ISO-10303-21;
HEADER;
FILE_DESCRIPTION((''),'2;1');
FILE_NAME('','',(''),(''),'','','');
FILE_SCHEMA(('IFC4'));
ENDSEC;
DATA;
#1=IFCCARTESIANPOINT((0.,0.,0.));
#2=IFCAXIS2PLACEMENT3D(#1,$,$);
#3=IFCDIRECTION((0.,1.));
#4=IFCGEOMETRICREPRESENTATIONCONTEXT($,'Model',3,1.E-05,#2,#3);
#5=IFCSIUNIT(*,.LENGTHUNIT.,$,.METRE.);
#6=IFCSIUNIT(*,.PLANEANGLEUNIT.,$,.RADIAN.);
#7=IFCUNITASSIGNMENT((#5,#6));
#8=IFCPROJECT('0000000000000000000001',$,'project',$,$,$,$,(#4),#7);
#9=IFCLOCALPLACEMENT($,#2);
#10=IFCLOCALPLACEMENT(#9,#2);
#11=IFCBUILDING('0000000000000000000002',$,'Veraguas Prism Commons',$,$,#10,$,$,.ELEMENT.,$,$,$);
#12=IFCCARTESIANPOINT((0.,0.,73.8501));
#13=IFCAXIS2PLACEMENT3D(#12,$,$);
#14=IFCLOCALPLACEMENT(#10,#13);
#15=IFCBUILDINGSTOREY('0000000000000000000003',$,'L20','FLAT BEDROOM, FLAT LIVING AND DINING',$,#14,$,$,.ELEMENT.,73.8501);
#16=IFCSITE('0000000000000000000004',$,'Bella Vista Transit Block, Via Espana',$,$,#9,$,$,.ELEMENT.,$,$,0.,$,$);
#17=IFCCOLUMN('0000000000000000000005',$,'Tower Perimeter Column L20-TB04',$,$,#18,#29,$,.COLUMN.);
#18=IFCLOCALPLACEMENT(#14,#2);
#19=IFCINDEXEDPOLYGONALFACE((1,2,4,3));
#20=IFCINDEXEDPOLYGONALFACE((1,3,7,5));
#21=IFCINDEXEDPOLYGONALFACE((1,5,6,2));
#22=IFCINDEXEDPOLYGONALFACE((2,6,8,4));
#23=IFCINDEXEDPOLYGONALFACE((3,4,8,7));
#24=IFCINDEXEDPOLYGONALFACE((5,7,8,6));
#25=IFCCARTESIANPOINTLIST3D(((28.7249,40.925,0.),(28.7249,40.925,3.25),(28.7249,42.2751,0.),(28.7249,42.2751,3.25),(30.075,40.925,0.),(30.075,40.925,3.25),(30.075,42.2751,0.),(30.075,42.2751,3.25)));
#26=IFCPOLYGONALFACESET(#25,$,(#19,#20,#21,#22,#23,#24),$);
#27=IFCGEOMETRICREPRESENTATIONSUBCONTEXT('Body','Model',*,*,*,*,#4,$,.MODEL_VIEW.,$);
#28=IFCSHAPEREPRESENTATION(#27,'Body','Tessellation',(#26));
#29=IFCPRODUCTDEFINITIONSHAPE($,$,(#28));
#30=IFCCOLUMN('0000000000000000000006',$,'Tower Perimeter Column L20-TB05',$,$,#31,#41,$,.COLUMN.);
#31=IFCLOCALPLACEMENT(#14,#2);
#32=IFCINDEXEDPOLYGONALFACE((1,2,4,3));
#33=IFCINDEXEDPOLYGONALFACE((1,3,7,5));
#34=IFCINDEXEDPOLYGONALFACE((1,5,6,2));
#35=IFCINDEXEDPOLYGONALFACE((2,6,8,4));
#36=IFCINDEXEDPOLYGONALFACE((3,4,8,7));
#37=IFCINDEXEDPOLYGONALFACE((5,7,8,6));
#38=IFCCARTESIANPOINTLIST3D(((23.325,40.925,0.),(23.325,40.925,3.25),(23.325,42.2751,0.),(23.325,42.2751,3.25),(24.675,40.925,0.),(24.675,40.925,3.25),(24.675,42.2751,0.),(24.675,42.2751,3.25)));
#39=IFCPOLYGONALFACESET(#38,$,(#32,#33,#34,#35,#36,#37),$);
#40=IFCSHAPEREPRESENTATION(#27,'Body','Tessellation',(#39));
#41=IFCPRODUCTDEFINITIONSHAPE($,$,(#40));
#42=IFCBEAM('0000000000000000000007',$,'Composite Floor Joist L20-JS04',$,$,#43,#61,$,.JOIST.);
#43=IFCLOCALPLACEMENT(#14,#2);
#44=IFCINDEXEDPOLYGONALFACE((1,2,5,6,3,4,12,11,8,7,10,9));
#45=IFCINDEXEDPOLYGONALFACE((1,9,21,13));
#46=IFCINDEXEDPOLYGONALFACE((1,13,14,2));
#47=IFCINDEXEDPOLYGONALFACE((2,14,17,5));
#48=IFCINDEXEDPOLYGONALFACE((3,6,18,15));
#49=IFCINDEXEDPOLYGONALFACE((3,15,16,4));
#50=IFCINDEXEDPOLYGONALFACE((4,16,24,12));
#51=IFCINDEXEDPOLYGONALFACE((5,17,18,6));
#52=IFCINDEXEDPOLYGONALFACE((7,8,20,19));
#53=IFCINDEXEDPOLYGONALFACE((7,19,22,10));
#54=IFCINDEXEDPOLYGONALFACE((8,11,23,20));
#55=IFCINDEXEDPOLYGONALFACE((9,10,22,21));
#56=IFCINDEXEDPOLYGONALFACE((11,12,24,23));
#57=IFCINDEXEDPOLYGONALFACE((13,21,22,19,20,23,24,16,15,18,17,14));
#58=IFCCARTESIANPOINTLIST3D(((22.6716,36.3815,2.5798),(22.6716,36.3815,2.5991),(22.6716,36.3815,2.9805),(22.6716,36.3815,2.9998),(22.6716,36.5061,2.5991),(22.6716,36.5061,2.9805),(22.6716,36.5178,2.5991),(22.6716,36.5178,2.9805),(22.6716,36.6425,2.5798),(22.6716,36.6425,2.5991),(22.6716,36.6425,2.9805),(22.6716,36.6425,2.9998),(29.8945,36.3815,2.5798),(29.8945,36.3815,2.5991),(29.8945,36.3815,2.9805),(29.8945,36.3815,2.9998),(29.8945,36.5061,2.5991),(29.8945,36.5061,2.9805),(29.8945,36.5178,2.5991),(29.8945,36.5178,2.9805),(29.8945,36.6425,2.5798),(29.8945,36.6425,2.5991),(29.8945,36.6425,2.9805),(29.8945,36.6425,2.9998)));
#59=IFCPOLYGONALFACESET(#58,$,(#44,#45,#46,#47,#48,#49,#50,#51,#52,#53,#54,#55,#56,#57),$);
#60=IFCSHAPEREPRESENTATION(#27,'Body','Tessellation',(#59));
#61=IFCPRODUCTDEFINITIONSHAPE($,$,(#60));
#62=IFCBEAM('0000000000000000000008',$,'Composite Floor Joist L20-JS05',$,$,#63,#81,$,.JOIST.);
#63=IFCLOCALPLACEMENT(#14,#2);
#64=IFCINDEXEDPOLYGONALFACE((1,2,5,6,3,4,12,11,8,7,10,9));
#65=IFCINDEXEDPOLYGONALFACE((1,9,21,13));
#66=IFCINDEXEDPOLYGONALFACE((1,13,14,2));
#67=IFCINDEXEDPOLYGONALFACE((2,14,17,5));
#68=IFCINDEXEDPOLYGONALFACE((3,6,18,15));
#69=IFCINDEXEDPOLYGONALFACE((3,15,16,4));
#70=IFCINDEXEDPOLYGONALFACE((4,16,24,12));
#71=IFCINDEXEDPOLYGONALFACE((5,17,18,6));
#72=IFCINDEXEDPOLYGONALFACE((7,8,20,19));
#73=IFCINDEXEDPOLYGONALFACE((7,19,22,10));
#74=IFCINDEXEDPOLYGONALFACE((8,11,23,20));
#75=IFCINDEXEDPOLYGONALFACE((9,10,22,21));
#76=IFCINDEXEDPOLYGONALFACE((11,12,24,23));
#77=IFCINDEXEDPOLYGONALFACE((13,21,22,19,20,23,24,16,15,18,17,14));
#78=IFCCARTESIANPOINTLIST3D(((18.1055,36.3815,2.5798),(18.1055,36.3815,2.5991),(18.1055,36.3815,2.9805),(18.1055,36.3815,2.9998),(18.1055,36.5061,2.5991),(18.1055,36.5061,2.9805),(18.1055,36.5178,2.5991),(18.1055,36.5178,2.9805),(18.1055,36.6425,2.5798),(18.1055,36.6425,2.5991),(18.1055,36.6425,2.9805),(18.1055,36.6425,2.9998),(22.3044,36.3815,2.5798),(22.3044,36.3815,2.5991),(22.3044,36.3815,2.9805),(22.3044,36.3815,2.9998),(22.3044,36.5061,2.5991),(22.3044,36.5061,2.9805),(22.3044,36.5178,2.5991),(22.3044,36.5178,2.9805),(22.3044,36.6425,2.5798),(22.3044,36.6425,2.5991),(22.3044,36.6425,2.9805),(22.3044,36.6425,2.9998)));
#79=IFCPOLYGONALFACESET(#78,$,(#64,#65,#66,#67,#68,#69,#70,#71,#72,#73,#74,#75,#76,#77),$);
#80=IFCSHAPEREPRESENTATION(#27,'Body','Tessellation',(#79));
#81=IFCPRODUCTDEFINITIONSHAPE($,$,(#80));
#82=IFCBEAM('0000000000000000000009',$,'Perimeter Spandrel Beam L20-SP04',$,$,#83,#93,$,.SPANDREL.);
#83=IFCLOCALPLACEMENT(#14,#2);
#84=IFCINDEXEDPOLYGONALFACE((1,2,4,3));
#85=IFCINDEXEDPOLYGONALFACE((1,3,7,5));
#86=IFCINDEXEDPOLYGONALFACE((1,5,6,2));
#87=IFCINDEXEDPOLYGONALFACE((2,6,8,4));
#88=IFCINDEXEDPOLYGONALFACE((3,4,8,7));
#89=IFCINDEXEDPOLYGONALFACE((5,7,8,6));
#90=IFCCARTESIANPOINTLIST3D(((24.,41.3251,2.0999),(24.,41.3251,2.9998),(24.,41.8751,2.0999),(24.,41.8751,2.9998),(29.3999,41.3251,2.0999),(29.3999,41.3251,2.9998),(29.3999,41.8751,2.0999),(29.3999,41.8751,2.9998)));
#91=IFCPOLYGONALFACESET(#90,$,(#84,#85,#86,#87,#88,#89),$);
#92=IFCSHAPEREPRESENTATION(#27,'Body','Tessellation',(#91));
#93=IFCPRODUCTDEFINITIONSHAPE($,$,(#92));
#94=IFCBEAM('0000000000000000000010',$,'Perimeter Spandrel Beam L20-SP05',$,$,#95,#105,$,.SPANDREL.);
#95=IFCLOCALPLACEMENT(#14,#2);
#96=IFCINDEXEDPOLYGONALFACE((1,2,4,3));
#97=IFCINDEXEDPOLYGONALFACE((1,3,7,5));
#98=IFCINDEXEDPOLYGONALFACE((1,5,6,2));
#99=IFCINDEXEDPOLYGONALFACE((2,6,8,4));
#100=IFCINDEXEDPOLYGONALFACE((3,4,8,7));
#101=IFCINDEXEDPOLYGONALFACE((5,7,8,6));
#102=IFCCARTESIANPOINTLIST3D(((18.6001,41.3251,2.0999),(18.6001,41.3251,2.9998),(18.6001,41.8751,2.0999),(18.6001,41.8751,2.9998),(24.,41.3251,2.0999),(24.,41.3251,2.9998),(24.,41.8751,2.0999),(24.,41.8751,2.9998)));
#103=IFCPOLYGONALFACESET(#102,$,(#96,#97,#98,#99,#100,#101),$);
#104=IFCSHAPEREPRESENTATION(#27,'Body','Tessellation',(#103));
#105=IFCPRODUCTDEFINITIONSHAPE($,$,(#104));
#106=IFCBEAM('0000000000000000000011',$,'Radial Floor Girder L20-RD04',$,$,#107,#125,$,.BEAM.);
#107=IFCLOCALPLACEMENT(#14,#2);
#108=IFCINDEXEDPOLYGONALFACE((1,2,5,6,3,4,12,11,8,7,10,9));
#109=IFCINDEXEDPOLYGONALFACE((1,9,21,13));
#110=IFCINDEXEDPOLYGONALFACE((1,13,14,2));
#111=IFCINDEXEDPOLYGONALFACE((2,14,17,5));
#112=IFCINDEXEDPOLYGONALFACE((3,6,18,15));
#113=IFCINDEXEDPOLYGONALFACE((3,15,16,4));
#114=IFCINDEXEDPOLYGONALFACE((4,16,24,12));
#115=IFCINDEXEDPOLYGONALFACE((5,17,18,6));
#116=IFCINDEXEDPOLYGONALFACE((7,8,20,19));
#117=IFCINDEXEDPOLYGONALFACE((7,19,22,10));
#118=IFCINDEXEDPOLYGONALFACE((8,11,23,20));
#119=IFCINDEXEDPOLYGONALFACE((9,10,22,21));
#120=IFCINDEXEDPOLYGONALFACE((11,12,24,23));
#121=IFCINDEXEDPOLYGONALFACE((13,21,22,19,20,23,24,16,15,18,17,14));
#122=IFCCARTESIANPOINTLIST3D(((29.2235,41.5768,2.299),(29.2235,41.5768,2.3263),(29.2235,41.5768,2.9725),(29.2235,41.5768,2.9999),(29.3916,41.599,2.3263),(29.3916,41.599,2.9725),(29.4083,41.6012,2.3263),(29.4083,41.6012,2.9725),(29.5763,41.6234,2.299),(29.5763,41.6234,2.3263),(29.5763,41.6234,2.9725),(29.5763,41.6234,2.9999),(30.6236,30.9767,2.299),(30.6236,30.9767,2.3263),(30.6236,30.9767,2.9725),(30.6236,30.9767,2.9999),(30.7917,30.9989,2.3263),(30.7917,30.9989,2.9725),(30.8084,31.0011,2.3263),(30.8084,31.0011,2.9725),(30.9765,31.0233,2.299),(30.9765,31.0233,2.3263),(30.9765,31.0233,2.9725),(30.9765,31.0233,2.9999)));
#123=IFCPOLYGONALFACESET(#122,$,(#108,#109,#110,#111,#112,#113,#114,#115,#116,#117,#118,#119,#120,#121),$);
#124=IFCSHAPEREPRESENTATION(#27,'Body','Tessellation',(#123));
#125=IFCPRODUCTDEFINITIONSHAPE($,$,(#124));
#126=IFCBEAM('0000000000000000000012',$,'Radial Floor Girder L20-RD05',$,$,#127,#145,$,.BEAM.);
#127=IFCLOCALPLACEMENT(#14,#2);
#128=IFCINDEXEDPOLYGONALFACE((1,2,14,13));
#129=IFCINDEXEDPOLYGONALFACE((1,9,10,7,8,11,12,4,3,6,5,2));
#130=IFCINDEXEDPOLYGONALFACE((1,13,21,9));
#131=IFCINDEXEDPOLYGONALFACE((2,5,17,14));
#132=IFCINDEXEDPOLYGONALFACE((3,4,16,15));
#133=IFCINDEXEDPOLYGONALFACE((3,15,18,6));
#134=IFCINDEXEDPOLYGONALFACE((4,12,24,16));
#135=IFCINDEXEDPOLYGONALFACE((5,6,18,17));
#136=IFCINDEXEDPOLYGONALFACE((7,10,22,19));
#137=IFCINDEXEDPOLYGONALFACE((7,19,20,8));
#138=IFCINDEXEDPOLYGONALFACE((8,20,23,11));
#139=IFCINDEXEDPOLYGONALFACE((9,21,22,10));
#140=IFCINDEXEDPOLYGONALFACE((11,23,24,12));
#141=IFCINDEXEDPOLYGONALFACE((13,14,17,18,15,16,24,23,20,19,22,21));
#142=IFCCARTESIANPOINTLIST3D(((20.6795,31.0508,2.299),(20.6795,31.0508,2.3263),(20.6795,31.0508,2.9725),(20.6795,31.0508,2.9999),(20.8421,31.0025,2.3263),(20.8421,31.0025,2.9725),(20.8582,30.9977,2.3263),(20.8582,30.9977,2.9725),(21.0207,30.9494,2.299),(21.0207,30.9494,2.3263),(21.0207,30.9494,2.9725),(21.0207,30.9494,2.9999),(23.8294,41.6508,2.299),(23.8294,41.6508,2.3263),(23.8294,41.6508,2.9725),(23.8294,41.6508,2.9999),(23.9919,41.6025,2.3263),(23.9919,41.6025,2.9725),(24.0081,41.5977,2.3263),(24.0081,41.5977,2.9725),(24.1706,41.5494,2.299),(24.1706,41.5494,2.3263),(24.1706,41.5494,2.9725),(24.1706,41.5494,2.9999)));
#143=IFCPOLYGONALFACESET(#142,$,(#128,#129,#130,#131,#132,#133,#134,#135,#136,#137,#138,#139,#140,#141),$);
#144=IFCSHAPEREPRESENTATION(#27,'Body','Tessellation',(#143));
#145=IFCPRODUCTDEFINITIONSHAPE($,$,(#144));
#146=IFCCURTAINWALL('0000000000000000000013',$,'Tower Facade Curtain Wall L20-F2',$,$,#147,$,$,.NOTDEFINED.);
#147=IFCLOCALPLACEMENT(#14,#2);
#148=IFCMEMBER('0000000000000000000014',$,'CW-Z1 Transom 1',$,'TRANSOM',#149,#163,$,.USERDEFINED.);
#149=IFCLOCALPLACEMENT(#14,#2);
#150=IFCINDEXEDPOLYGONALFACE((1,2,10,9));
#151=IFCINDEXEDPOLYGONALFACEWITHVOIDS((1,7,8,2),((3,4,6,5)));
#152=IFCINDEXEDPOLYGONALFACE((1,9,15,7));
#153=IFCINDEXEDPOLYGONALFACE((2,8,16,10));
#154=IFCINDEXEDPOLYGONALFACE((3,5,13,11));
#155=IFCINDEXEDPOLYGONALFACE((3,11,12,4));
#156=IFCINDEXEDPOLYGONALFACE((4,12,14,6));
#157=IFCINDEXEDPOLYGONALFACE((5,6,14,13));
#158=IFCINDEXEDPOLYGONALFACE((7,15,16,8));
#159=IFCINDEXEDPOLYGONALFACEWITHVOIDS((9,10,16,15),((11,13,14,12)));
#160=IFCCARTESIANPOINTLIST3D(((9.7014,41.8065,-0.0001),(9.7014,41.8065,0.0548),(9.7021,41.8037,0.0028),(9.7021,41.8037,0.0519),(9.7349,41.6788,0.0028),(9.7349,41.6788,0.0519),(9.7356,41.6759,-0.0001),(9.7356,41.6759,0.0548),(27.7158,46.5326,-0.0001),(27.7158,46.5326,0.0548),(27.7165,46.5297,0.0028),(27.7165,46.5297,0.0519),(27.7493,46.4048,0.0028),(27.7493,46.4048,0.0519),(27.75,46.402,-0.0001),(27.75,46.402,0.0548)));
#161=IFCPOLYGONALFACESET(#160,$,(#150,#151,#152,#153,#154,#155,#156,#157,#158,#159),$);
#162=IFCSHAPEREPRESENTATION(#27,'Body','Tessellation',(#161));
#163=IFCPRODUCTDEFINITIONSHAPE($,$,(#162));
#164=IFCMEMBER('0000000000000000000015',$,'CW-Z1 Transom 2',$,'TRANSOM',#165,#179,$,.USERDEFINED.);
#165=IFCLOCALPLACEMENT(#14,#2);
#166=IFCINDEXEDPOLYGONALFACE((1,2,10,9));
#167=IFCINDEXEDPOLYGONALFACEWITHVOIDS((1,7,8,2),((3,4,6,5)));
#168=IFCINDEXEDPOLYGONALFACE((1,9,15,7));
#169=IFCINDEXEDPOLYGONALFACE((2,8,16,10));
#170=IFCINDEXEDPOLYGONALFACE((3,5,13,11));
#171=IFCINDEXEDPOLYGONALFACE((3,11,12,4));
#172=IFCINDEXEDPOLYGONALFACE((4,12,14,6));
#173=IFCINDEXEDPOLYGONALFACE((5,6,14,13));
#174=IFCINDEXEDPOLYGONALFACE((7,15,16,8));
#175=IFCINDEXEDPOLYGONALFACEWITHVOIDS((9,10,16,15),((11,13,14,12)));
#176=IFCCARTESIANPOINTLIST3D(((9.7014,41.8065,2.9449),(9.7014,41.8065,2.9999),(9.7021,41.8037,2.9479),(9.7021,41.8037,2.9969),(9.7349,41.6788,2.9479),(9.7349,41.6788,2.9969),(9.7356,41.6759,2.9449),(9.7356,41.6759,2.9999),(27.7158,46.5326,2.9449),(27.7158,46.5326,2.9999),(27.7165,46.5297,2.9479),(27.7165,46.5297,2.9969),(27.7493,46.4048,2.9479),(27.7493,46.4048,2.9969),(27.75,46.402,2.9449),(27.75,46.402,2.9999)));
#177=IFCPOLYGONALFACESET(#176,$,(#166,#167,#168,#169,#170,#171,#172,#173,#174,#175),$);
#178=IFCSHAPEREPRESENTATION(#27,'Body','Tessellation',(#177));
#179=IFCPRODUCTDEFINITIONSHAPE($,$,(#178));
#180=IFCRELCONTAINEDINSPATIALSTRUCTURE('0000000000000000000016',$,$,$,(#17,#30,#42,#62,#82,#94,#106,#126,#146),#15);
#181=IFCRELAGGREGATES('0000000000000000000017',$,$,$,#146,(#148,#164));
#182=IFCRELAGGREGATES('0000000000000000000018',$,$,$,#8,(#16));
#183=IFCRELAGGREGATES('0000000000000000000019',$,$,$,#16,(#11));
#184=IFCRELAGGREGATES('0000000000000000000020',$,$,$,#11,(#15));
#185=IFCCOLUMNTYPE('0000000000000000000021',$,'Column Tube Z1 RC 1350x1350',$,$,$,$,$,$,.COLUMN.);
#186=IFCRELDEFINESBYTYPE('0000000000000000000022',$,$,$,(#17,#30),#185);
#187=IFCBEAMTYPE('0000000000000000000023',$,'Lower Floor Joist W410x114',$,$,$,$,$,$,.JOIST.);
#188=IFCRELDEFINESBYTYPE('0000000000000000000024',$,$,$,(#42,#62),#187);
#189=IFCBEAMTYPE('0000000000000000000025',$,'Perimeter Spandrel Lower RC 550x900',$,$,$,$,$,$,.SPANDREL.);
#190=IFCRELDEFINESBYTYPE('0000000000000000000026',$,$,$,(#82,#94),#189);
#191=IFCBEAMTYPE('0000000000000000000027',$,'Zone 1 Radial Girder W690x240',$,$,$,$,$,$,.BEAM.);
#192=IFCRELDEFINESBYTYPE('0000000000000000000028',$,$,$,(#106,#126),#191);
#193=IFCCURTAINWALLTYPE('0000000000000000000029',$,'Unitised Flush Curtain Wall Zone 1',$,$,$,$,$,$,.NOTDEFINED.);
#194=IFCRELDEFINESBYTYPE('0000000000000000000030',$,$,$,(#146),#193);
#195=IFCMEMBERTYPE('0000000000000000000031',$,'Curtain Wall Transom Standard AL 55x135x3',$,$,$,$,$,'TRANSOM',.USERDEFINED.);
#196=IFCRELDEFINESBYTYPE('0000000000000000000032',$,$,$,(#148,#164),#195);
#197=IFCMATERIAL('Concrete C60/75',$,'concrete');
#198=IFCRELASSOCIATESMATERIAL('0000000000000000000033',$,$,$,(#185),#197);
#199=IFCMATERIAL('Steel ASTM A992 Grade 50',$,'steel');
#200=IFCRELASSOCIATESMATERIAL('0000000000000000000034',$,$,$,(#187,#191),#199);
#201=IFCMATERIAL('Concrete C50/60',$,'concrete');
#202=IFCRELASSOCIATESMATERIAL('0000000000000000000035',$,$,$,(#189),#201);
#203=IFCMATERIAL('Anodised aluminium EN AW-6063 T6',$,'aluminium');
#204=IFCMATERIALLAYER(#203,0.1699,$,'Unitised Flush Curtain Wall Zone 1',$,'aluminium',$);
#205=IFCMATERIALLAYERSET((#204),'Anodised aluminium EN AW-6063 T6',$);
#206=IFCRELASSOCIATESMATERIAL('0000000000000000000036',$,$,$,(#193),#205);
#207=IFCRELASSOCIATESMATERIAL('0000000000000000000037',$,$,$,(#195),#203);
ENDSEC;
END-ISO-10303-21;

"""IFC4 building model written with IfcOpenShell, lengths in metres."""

from ifc_helpers import new_model, si_unit, direction, frame, origin, origin_2d, place, context, subcontext, project, spatial, rectangle, hollow_rectangle, i_section, extrude, source, transform, mapped, material, layer, layer_set, material_profile, profile_set, type_object, element, aggregate, save


model = new_model("IFC4")

# Units and contexts
model_context = context("Model", 3, precision=1e-05, world=origin(), true_north=direction((0.0, 1.0)))
body_context = subcontext(model_context, "Body", "Model", "MODEL_VIEW")
ifc_project = project(units=[si_unit("LENGTHUNIT", "METRE"), si_unit("PLANEANGLEUNIT", "RADIAN")], contexts=[model_context])

# Site, building, storey
site_placement = place(None, origin())
site = spatial("IfcSite", under=ifc_project, at=site_placement, Name="Bella Vista Transit Block, Via Espana", CompositionType="ELEMENT", RefElevation=0.0)
building_placement = place(site_placement, origin())
building = spatial("IfcBuilding", under=site, at=building_placement, Name="Veraguas Prism Commons", CompositionType="ELEMENT")
storey_placement = place(building_placement, frame((0.0, 0.0, 73.8501)))
storey = spatial("IfcBuildingStorey", under=building, at=storey_placement, Name="L20", Description="FLAT BEDROOM, FLAT LIVING AND DINING", CompositionType="ELEMENT", Elevation=73.8501)

# Columns
ifc_material_1 = material(Name="Concrete C60/75", Category="concrete")
ifc_material_profile_1 = material_profile(ifc_material_1, rectangle(XDim=1.3501, YDim=1.3501, at=origin_2d()), Name="RC1350X1350")
ifc_profile_set_1 = profile_set([ifc_material_profile_1], Name="Concrete C60/75")
column_type = type_object("IfcColumnType", Name="Column Tube Z1 RC 1350x1350", PredefinedType="COLUMN", material=ifc_profile_set_1)
for number, where, z_axis, x_axis, name in (
    (1, (29.3999, 41.6001, 0.0), (0.0, 0.0, 1.0), (1.0, 0.0, 0.0), "Tower Perimeter Column L20-TB04"),
    (2, (24.0, 41.6001, 0.0), (0.0, 0.0, 1.0), (1.0, 0.0, 0.0), "Tower Perimeter Column L20-TB05"),
):
    element("IfcColumn", number, at=place(storey_placement, frame(where, z_axis=z_axis, x_axis=x_axis)), inside=storey, type_object=column_type, Name=name, PredefinedType="COLUMN", context=body_context, shape_type="SweptSolid", body=[
        extrude(rectangle(XDim=1.3501, YDim=1.3501, at=origin_2d()), origin(), (0.0, 0.0, 1.0), 3.25),
    ])

# Beams
ifc_material_2 = material(Name="Steel ASTM A992 Grade 50", Category="steel")
ifc_material_profile_2 = material_profile(ifc_material_2, i_section(OverallWidth=0.261, OverallDepth=0.4199, WebThickness=0.0117, FlangeThickness=0.0193, at=origin_2d()), Name="W410X114")
ifc_profile_set_2 = profile_set([ifc_material_profile_2], Name="Steel ASTM A992 Grade 50")
beam_type_1 = type_object("IfcBeamType", Name="Lower Floor Joist W410x114", PredefinedType="JOIST", material=ifc_profile_set_2)
beam_1_placement = place(storey_placement, frame((29.8945, 36.512, 2.7898), z_axis=(-1.0, 0.0, 0.0), x_axis=(0.0, -1.0, 0.0)))
element("IfcBeam", 3, at=beam_1_placement, inside=storey, type_object=beam_type_1, Name="Composite Floor Joist L20-JS04", PredefinedType="JOIST", context=body_context, shape_type="SweptSolid", body=[
    extrude(i_section(OverallWidth=0.261, OverallDepth=0.4199, WebThickness=0.0117, FlangeThickness=0.0193, at=origin_2d()), origin(), (0.0, 0.0, 1.0), 7.2229),
])
beam_2_placement = place(storey_placement, frame((22.3044, 36.512, 2.7898), z_axis=(-1.0, 0.0, 0.0), x_axis=(0.0, -1.0, 0.0)))
element("IfcBeam", 4, at=beam_2_placement, inside=storey, type_object=beam_type_1, Name="Composite Floor Joist L20-JS05", PredefinedType="JOIST", context=body_context, shape_type="SweptSolid", body=[
    extrude(i_section(OverallWidth=0.261, OverallDepth=0.4199, WebThickness=0.0117, FlangeThickness=0.0193, at=origin_2d()), origin(), (0.0, 0.0, 1.0), 4.199),
])
ifc_material_3 = material(Name="Concrete C50/60", Category="concrete")
ifc_material_profile_3 = material_profile(ifc_material_3, rectangle(XDim=0.55, YDim=0.8999, at=origin_2d()), Name="RC550X900")
ifc_profile_set_3 = profile_set([ifc_material_profile_3], Name="Concrete C50/60")
beam_type_2 = type_object("IfcBeamType", Name="Perimeter Spandrel Lower RC 550x900", PredefinedType="SPANDREL", material=ifc_profile_set_3)
for number, where, z_axis, x_axis, name in (
    (5, (29.3999, 41.6001, 2.5498), (-1.0, 0.0, 0.0), (0.0, -1.0, 0.0), "Perimeter Spandrel Beam L20-SP04"),
    (6, (24.0, 41.6001, 2.5498), (-1.0, 0.0, 0.0), (0.0, -1.0, 0.0), "Perimeter Spandrel Beam L20-SP05"),
):
    element("IfcBeam", number, at=place(storey_placement, frame(where, z_axis=z_axis, x_axis=x_axis)), inside=storey, type_object=beam_type_2, Name=name, PredefinedType="SPANDREL", context=body_context, shape_type="SweptSolid", body=[
        extrude(rectangle(XDim=0.55, YDim=0.8999, at=origin_2d()), origin(), (0.0, 0.0, 1.0), 5.3999),
    ])
ifc_material_profile_4 = material_profile(ifc_material_2, i_section(OverallWidth=0.356, OverallDepth=0.7009, WebThickness=0.0168, FlangeThickness=0.0273, at=origin_2d()), Name="W690X240")
ifc_profile_set_4 = profile_set([ifc_material_profile_4], Name="Steel ASTM A992 Grade 50")
beam_type_3 = type_object("IfcBeamType", Name="Zone 1 Radial Girder W690x240", PredefinedType="BEAM", material=ifc_profile_set_4)
beam_3_placement = place(storey_placement, frame((29.3999, 41.6001, 2.6494), z_axis=(0.130951, -0.991389, 0.0), x_axis=(0.991389, 0.130951, 0.0)))
element("IfcBeam", 7, at=beam_3_placement, inside=storey, type_object=beam_type_3, Name="Radial Floor Girder L20-RD04", PredefinedType="BEAM", context=body_context, shape_type="SweptSolid", body=[
    extrude(i_section(OverallWidth=0.356, OverallDepth=0.7009, WebThickness=0.0168, FlangeThickness=0.0273, at=origin_2d()), origin(), (0.0, 0.0, 1.0), 10.6921),
])
beam_4_placement = place(storey_placement, frame((24.0, 41.6001, 2.6494), z_axis=(-0.284847, -0.958573, 0.0), x_axis=(0.958573, -0.284847, 0.0)))
element("IfcBeam", 8, at=beam_4_placement, inside=storey, type_object=beam_type_3, Name="Radial Floor Girder L20-RD05", PredefinedType="BEAM", context=body_context, shape_type="SweptSolid", body=[
    extrude(i_section(OverallWidth=0.356, OverallDepth=0.7009, WebThickness=0.0168, FlangeThickness=0.0273, at=origin_2d()), origin(), (0.0, 0.0, 1.0), 11.0581),
])

# Curtain wall, members
ifc_material_4 = material(Name="Anodised aluminium EN AW-6063 T6", Category="aluminium")
ifc_layer_1 = layer(ifc_material_4, 0.1699, Name="Unitised Flush Curtain Wall Zone 1", Category="aluminium")
ifc_layer_set_1 = layer_set([ifc_layer_1], Name="Anodised aluminium EN AW-6063 T6")
curtain_wall_type = type_object("IfcCurtainWallType", Name="Unitised Flush Curtain Wall Zone 1", PredefinedType="NOTDEFINED", material=ifc_layer_set_1)
curtain_wall_1_placement = place(storey_placement, origin())
curtain_wall_1 = element("IfcCurtainWall", 9, at=curtain_wall_1_placement, inside=storey, type_object=curtain_wall_type, Name="Tower Facade Curtain Wall L20-F2", PredefinedType="NOTDEFINED")
ifc_material_profile_5 = material_profile(ifc_material_4, hollow_rectangle(XDim=0.0549, YDim=0.135, WallThickness=0.0029, at=origin_2d()), Name="AL55X135X3")
ifc_profile_set_5 = profile_set([ifc_material_profile_5], Name="Anodised aluminium EN AW-6063 T6")
member_type_1 = type_object("IfcMemberType", Name="Curtain Wall Transom Standard AL 55x135x3", ElementType="TRANSOM", PredefinedType="USERDEFINED", material=ifc_profile_set_5)
shared_shape_1 = source(origin(), body_context, "Body", "SweptSolid", [
    extrude(hollow_rectangle(XDim=0.0549, YDim=0.135, WallThickness=0.0029, at=origin_2d()), origin(), (0.0, 0.0, 1.0), 18.624),
])
member_1_placement = place(storey_placement, frame((27.7329, 46.4673, 0.0273), z_axis=(-0.967267, -0.253762, 0.0), x_axis=(0.0, 0.0, 1.0)))
member_1 = element("IfcMember", 10, at=member_1_placement, type_object=member_type_1, Name="CW-Z1 Transom 1", ObjectType="TRANSOM", PredefinedType="USERDEFINED", context=body_context, shape_type="MappedRepresentation", body=[
    mapped(shared_shape_1, transform((0.0, 0.0, 0.0), scale=1.0)),
])
member_2_placement = place(storey_placement, frame((27.7329, 46.4673, 2.9724), z_axis=(-0.967267, -0.253762, 0.0), x_axis=(0.0, 0.0, 1.0)))
member_2 = element("IfcMember", 11, at=member_2_placement, type_object=member_type_1, Name="CW-Z1 Transom 2", ObjectType="TRANSOM", PredefinedType="USERDEFINED", context=body_context, shape_type="MappedRepresentation", body=[
    mapped(shared_shape_1, transform((0.0, 0.0, 0.0), scale=1.0)),
])

aggregate(curtain_wall_1, [member_1, member_2])

save(model, "model.ifc")
